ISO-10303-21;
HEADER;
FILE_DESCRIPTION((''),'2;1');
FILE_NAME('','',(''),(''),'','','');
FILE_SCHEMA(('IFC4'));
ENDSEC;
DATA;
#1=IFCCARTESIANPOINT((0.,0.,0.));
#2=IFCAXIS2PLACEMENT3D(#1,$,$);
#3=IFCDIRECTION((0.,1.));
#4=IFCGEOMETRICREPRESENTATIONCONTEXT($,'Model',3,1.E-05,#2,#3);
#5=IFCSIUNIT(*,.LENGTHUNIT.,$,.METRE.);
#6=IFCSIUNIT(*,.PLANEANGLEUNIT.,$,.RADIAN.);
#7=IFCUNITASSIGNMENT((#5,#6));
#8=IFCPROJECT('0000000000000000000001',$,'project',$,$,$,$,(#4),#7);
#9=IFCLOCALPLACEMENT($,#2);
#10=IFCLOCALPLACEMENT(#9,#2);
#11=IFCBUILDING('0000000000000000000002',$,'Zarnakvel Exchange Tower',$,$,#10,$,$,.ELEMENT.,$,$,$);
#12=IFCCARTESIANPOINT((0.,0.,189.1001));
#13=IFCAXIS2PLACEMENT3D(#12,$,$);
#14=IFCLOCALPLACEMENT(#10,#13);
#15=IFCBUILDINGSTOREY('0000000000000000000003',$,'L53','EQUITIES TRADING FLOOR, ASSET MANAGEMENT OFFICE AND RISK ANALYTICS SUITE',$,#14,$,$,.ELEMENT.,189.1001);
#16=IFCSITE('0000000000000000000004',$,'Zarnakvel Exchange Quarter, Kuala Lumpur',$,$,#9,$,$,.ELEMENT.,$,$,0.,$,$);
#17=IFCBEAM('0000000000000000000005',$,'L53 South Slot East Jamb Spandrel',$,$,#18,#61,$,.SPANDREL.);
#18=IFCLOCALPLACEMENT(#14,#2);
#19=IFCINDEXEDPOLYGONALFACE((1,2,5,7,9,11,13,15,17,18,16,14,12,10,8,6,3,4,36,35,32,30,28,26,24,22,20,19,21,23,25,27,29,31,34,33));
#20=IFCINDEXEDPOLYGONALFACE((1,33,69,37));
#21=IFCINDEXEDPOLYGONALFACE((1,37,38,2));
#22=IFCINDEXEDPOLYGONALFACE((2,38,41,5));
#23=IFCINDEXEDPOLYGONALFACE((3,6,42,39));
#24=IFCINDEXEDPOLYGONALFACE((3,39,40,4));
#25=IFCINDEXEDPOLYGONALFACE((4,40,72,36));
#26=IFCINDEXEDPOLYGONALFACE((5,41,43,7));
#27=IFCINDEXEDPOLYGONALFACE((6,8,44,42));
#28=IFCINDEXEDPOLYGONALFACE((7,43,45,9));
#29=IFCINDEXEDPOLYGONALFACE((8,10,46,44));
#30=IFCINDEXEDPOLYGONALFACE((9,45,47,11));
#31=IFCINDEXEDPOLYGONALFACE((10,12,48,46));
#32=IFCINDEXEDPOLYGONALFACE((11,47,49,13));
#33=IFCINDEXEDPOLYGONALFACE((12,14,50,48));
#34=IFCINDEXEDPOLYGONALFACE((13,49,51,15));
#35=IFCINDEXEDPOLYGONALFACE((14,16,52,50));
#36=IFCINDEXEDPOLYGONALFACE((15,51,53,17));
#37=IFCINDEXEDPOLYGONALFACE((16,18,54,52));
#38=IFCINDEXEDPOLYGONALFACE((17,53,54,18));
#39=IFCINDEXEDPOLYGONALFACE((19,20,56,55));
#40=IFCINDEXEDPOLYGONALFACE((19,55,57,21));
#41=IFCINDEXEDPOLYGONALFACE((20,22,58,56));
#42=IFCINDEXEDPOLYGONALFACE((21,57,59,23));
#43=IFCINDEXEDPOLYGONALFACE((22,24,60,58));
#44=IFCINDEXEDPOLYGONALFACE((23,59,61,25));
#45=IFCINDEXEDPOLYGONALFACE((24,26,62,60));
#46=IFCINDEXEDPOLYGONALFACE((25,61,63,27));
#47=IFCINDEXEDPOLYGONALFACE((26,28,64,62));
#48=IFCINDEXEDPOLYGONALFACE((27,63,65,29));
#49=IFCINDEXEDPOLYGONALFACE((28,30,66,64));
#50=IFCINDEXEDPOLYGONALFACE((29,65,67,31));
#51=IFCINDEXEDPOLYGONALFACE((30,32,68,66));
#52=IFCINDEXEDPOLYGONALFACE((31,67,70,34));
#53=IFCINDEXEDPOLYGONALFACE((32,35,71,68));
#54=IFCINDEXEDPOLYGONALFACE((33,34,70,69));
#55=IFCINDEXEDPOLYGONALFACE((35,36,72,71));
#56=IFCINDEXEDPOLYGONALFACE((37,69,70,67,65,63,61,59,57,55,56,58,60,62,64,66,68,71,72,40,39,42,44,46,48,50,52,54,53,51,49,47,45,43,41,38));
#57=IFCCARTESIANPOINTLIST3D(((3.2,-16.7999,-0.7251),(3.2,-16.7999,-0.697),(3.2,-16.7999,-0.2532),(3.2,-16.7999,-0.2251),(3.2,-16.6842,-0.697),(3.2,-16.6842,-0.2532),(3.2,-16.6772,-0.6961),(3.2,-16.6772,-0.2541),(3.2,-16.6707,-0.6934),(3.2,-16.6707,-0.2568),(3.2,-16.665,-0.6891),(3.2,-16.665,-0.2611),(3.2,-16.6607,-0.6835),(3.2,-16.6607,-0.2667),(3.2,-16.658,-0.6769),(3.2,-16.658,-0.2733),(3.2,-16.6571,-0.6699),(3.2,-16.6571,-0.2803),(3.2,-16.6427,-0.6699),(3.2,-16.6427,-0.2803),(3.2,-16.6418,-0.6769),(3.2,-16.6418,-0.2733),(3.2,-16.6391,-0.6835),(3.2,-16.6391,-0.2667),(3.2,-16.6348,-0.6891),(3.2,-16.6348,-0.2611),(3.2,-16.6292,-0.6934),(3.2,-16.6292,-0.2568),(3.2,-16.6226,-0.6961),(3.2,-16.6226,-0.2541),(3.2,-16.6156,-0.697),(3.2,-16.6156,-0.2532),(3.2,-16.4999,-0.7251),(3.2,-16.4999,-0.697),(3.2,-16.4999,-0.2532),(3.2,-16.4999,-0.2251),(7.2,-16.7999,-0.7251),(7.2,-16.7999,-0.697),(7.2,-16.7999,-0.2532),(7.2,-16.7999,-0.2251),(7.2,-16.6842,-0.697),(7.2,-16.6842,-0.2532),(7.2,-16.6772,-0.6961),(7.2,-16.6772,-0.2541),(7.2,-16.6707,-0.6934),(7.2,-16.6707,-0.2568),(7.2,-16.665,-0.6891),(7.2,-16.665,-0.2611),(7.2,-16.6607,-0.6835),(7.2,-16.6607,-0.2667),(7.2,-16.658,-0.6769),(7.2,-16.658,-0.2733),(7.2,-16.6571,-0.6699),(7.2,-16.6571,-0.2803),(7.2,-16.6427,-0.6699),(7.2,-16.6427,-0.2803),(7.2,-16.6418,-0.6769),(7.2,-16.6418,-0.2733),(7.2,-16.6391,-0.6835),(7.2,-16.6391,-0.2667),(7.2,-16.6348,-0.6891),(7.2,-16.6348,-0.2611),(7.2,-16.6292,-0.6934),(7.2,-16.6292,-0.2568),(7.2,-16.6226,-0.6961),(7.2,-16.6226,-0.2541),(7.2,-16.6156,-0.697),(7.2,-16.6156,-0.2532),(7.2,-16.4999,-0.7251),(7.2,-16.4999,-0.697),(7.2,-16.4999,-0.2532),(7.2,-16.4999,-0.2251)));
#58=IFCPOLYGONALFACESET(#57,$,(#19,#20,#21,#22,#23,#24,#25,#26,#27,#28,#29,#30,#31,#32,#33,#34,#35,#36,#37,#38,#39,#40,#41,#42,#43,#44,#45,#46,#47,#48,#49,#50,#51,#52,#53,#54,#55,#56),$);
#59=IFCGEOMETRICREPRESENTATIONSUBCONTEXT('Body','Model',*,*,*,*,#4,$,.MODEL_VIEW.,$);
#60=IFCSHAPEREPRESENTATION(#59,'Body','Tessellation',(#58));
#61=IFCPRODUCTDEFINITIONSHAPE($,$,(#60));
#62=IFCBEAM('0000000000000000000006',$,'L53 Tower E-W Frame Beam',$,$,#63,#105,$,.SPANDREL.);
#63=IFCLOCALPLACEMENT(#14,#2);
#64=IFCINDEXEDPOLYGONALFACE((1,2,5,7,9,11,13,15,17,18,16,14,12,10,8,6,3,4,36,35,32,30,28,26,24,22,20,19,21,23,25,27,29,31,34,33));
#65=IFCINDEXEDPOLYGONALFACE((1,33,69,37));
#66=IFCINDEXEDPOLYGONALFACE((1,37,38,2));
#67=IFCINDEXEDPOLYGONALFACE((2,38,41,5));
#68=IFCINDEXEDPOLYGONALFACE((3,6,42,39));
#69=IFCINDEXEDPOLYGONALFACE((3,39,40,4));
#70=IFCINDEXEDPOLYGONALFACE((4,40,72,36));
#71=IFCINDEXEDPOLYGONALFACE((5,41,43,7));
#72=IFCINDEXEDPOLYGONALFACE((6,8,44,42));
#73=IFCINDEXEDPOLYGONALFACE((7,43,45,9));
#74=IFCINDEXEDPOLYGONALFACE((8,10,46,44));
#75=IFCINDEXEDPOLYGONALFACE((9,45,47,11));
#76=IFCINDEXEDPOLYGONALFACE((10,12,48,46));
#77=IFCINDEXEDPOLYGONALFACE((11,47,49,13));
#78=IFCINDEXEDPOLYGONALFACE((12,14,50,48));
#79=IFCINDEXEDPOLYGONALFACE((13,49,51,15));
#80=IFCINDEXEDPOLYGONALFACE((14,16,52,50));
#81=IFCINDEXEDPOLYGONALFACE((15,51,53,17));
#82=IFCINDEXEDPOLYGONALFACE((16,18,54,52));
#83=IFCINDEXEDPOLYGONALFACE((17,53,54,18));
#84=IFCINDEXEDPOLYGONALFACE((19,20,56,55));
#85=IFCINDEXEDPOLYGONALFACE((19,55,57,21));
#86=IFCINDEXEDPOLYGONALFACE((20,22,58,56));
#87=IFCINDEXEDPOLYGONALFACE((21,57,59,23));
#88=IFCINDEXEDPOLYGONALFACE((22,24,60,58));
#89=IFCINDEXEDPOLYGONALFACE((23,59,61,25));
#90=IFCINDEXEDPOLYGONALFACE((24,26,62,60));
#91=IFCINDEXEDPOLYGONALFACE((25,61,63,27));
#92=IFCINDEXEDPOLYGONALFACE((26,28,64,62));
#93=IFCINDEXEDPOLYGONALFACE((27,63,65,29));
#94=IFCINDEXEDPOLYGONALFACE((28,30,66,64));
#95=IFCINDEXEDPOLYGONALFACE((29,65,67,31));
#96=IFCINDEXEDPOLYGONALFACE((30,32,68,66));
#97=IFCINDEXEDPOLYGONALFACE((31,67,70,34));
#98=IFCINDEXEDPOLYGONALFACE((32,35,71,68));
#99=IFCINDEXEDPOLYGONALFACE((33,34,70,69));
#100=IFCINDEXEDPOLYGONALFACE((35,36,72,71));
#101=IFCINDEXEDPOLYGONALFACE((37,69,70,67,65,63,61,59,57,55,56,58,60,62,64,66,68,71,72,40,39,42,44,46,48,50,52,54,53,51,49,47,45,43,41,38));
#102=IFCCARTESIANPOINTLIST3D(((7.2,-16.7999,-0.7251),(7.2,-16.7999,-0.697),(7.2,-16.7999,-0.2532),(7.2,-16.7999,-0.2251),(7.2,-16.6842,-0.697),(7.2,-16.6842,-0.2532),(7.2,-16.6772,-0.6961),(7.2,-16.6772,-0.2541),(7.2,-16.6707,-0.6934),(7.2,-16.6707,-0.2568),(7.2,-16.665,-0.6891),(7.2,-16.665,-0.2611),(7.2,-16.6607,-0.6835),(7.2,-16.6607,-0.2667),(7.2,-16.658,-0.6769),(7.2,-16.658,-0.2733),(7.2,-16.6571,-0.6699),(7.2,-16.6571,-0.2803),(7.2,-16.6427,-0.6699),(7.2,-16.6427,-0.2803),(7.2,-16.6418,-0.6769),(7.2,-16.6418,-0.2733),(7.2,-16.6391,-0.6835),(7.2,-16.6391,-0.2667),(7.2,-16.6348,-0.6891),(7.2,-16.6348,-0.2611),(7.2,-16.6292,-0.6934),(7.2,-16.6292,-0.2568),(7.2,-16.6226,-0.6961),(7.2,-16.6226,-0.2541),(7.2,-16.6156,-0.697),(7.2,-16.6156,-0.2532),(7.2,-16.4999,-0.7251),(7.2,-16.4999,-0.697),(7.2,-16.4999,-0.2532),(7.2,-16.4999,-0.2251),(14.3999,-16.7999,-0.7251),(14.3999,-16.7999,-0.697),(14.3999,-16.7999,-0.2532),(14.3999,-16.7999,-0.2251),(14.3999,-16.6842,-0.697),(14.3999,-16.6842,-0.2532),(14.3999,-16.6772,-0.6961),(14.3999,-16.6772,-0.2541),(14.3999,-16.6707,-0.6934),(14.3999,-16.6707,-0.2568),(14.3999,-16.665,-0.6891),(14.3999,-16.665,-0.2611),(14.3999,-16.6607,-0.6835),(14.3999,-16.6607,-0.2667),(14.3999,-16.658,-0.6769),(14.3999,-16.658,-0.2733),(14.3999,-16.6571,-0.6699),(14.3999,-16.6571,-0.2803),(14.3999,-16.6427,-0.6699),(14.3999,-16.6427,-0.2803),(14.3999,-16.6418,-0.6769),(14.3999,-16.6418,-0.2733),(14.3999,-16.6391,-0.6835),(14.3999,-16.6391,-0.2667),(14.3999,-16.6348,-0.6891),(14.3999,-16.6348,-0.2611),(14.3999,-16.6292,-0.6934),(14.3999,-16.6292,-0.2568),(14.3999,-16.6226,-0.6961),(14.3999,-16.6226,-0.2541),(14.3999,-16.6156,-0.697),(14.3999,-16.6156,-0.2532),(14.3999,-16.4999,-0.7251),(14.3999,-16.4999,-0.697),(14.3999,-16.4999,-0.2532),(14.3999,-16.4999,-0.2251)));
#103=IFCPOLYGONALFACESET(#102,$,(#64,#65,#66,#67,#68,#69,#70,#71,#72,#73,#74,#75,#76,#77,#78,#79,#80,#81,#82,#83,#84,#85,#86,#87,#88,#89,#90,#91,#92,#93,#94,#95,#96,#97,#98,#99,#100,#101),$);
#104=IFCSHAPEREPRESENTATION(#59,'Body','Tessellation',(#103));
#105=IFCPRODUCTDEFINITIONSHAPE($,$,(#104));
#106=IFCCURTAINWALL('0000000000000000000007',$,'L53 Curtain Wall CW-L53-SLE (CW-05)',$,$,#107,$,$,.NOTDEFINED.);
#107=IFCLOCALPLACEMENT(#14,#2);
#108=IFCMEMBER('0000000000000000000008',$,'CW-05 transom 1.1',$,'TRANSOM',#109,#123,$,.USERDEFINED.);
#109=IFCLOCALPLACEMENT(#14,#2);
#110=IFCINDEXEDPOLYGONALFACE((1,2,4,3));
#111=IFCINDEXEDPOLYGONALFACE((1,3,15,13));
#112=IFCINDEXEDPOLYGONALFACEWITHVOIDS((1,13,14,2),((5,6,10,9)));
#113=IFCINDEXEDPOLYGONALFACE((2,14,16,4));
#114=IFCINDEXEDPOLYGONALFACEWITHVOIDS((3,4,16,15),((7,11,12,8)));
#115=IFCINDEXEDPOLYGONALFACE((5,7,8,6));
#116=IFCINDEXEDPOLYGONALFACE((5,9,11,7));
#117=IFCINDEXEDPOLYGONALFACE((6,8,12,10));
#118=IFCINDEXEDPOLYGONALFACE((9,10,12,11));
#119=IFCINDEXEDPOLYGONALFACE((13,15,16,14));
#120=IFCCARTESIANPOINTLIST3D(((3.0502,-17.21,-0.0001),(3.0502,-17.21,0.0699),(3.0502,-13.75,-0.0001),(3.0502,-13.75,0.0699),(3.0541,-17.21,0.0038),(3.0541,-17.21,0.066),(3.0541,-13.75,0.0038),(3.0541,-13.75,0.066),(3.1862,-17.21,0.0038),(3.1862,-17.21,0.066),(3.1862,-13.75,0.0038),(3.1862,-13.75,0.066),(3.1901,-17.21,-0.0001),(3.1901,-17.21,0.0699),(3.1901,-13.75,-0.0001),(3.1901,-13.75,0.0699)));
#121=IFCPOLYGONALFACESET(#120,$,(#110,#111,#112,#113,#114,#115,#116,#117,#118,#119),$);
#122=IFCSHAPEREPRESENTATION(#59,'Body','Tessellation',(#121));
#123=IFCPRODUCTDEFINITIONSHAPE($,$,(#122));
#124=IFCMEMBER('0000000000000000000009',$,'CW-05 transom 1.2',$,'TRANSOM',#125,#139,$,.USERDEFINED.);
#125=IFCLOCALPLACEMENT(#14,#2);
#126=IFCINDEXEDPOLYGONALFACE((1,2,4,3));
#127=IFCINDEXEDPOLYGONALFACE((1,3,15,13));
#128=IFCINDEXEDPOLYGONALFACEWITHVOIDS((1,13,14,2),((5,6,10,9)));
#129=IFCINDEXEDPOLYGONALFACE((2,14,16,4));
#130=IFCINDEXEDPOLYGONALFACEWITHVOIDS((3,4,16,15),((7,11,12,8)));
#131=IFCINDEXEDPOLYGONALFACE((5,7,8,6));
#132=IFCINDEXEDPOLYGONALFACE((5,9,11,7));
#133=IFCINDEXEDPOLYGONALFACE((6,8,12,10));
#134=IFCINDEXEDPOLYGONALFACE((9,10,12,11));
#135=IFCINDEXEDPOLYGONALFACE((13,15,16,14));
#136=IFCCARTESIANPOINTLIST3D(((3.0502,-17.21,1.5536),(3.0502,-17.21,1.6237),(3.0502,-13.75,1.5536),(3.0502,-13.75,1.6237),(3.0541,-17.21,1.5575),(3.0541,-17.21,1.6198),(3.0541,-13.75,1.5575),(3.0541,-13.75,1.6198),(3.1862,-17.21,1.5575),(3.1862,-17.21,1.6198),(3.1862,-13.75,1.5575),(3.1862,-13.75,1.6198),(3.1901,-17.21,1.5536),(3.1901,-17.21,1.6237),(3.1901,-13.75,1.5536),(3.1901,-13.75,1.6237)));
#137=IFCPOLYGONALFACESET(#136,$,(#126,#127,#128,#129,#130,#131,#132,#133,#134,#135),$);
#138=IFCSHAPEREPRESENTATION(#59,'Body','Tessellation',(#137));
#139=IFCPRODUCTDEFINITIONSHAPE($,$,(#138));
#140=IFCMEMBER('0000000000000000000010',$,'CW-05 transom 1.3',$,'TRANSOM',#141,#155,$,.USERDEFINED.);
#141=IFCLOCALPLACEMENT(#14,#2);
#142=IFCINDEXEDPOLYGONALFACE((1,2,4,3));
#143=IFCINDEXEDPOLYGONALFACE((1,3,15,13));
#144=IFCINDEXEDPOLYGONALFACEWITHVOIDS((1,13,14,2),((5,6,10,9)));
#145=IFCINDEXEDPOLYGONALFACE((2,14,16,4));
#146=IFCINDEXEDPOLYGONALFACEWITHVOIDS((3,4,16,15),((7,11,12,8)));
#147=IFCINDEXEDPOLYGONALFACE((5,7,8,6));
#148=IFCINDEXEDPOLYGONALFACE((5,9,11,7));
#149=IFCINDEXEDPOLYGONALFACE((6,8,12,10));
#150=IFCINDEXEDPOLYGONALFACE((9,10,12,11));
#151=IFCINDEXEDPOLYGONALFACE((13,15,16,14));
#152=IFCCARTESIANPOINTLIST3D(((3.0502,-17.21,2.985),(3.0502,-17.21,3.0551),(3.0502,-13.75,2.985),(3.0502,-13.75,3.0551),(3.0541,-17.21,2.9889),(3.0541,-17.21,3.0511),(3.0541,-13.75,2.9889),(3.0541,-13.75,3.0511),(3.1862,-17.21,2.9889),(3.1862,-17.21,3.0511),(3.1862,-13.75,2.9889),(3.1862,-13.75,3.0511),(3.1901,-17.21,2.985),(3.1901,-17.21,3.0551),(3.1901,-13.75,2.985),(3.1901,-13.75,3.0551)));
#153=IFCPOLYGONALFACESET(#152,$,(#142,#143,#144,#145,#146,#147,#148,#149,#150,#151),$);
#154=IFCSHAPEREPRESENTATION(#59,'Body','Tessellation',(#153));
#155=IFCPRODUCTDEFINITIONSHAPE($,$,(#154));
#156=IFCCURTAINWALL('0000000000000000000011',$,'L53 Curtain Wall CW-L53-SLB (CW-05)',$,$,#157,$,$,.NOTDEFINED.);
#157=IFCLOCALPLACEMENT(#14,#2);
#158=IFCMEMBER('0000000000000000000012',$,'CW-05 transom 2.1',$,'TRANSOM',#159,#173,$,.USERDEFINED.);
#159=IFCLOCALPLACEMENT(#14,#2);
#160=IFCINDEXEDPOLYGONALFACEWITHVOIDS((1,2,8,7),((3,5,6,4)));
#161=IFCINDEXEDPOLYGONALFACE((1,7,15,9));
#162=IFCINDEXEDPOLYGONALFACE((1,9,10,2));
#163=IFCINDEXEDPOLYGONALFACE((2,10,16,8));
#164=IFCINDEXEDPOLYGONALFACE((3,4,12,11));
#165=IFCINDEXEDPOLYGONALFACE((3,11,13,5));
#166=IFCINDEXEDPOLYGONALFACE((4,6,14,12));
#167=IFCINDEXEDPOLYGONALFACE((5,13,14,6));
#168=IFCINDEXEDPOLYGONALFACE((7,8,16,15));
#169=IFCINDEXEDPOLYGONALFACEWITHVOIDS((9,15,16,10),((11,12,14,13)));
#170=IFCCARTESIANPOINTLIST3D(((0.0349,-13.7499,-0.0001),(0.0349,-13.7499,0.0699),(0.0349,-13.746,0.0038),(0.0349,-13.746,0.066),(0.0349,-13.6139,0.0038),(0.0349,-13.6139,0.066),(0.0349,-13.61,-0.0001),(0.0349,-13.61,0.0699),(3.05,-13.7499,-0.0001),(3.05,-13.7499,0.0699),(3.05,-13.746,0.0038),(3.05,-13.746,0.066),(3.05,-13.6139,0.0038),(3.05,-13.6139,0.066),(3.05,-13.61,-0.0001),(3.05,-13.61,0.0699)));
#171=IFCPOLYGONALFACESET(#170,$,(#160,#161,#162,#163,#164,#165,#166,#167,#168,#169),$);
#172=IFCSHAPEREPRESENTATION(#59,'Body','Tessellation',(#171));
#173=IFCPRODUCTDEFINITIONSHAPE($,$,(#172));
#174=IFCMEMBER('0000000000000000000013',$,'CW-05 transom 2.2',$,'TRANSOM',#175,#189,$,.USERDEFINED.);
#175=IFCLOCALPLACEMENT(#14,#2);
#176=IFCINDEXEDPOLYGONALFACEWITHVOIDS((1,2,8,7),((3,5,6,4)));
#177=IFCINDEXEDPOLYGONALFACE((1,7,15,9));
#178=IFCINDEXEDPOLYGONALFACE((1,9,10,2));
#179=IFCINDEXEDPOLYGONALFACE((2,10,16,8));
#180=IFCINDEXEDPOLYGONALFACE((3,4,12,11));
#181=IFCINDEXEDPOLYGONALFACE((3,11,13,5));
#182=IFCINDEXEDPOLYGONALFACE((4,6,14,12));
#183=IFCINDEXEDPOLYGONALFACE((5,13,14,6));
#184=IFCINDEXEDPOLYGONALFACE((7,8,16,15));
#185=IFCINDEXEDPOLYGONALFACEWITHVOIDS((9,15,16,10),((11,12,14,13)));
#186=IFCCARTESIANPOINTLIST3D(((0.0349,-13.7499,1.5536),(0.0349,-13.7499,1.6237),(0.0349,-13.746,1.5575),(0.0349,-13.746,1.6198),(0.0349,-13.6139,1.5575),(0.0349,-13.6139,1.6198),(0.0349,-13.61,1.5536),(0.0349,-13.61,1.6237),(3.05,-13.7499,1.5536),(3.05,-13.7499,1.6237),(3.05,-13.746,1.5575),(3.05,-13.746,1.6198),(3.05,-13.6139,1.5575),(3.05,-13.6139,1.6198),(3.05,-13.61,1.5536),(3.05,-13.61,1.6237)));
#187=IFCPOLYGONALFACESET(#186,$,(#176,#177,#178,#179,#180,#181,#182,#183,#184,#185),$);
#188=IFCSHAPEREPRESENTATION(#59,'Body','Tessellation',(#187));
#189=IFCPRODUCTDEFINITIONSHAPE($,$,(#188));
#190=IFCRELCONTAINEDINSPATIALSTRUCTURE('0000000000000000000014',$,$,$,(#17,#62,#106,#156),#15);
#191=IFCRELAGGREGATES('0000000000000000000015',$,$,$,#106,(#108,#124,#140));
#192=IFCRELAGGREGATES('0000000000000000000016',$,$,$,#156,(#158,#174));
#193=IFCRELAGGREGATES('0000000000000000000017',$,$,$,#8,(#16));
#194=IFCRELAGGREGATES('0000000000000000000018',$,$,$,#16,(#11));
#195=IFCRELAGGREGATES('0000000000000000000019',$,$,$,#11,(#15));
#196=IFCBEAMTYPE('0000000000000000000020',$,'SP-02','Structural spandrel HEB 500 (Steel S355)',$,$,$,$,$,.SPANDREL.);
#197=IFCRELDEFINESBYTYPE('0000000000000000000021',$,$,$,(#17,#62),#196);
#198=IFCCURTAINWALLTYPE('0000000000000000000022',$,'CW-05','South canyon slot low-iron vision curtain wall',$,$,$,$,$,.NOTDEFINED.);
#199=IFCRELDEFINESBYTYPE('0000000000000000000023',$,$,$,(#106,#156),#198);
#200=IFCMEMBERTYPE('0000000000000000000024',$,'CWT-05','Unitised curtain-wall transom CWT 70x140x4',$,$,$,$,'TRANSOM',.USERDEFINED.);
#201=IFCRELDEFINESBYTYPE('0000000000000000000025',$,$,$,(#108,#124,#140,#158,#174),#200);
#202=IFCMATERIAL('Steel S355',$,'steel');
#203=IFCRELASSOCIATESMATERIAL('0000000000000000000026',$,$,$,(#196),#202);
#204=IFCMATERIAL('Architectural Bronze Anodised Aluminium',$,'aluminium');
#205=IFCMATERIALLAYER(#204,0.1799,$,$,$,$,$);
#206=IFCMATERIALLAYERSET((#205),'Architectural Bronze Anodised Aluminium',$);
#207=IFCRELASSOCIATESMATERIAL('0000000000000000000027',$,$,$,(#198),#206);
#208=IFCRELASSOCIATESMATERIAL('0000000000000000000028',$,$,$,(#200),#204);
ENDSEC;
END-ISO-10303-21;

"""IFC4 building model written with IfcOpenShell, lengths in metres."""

from ifc_helpers import new_model, si_unit, direction, frame, origin, origin_2d, place, context, subcontext, project, spatial, hollow_rectangle, i_section, extrude, source, transform, mapped, material, layer, layer_set, material_profile, profile_set, type_object, element, aggregate, save


model = new_model("IFC4")

# Units and contexts
model_context = context("Model", 3, precision=1e-05, world=origin(), true_north=direction((0.0, 1.0)))
body_context = subcontext(model_context, "Body", "Model", "MODEL_VIEW")
ifc_project = project(units=[si_unit("LENGTHUNIT", "METRE"), si_unit("PLANEANGLEUNIT", "RADIAN")], contexts=[model_context])

# Site, building, storey
site_placement = place(None, origin())
site = spatial("IfcSite", under=ifc_project, at=site_placement, Name="Zarnakvel Exchange Quarter, Kuala Lumpur", CompositionType="ELEMENT", RefElevation=0.0)
building_placement = place(site_placement, origin())
building = spatial("IfcBuilding", under=site, at=building_placement, Name="Zarnakvel Exchange Tower", CompositionType="ELEMENT")
storey_placement = place(building_placement, frame((0.0, 0.0, 189.1001)))
storey = spatial("IfcBuildingStorey", under=building, at=storey_placement, Name="L53", Description="EQUITIES TRADING FLOOR, ASSET MANAGEMENT OFFICE AND RISK ANALYTICS SUITE", CompositionType="ELEMENT", Elevation=189.1001)

# Beams
ifc_material_1 = material(Name="Steel S355", Category="steel")
ifc_material_profile_1 = material_profile(ifc_material_1, i_section(OverallWidth=0.3, OverallDepth=0.5, WebThickness=0.0144, FlangeThickness=0.0281, FilletRadius=0.0271, at=origin_2d()))
ifc_profile_set_1 = profile_set([ifc_material_profile_1], Name="Steel S355")
beam_type_1 = type_object("IfcBeamType", Name="SP-02", Description="Structural spandrel HEB 500 (Steel S355)", PredefinedType="SPANDREL", material=ifc_profile_set_1)
beam_1_placement = place(storey_placement, frame((3.2, -16.6499, -0.4751), z_axis=(1.0, 0.0, 0.0), x_axis=(0.0, 1.0, 0.0)))
element("IfcBeam", 1, at=beam_1_placement, inside=storey, type_object=beam_type_1, Name="L53 South Slot East Jamb Spandrel", PredefinedType="SPANDREL", context=body_context, shape_type="SweptSolid", body=[
    extrude(i_section(OverallWidth=0.3, OverallDepth=0.5, WebThickness=0.0144, FlangeThickness=0.0281, FilletRadius=0.0271, at=origin_2d()), origin(), (0.0, 0.0, 1.0), 4.0),
])
beam_2_placement = place(storey_placement, frame((7.2, -16.6499, -0.4751), z_axis=(1.0, 0.0, 0.0), x_axis=(0.0, 1.0, 0.0)))
element("IfcBeam", 2, at=beam_2_placement, inside=storey, type_object=beam_type_1, Name="L53 Tower E-W Frame Beam", PredefinedType="SPANDREL", context=body_context, shape_type="SweptSolid", body=[
    extrude(i_section(OverallWidth=0.3, OverallDepth=0.5, WebThickness=0.0144, FlangeThickness=0.0281, FilletRadius=0.0271, at=origin_2d()), origin(), (0.0, 0.0, 1.0), 7.2),
])

# Curtain walls, members
ifc_material_2 = material(Name="Architectural Bronze Anodised Aluminium", Category="aluminium")
ifc_layer_1 = layer(ifc_material_2, 0.1799)
ifc_layer_set_1 = layer_set([ifc_layer_1], Name="Architectural Bronze Anodised Aluminium")
curtain_wall_type = type_object("IfcCurtainWallType", Name="CW-05", Description="South canyon slot low-iron vision curtain wall", PredefinedType="NOTDEFINED", material=ifc_layer_set_1)
curtain_wall_1_placement = place(storey_placement, origin())
curtain_wall_1 = element("IfcCurtainWall", 3, at=curtain_wall_1_placement, inside=storey, type_object=curtain_wall_type, Name="L53 Curtain Wall CW-L53-SLE (CW-05)", PredefinedType="NOTDEFINED")
ifc_material_profile_2 = material_profile(ifc_material_2, hollow_rectangle(XDim=0.1399, YDim=0.0701, WallThickness=0.0039, at=origin_2d()))
ifc_profile_set_2 = profile_set([ifc_material_profile_2], Name="Architectural Bronze Anodised Aluminium")
member_type_1 = type_object("IfcMemberType", Name="CWT-05", Description="Unitised curtain-wall transom CWT 70x140x4", ElementType="TRANSOM", PredefinedType="USERDEFINED", material=ifc_profile_set_2)
shared_shape_1 = source(origin(), body_context, "Body", "SweptSolid", [
    extrude(hollow_rectangle(XDim=0.1399, YDim=0.0701, WallThickness=0.0039, at=origin_2d()), origin(), (0.0, 0.0, 1.0), 3.46),
])
member_1_placement = place(storey_placement, frame((3.1201, -13.75, 0.0349), z_axis=(0.0, -1.0, 0.0), x_axis=(1.0, 0.0, 0.0)))
member_1 = element("IfcMember", 4, at=member_1_placement, type_object=member_type_1, Name="CW-05 transom 1.1", ObjectType="TRANSOM", PredefinedType="USERDEFINED", context=body_context, shape_type="MappedRepresentation", body=[
    mapped(shared_shape_1, transform((0.0, 0.0, 0.0), x_axis=(1.0, 0.0, 0.0), y_axis=(0.0, 1.0, 0.0), z_axis=(0.0, 0.0, 1.0), scale=1.0)),
])
member_2_placement = place(storey_placement, frame((3.1201, -13.75, 1.5886), z_axis=(0.0, -1.0, 0.0), x_axis=(1.0, 0.0, 0.0)))
member_2 = element("IfcMember", 5, at=member_2_placement, type_object=member_type_1, Name="CW-05 transom 1.2", ObjectType="TRANSOM", PredefinedType="USERDEFINED", context=body_context, shape_type="MappedRepresentation", body=[
    mapped(shared_shape_1, transform((0.0, 0.0, 0.0), x_axis=(1.0, 0.0, 0.0), y_axis=(0.0, 1.0, 0.0), z_axis=(0.0, 0.0, 1.0), scale=1.0)),
])
member_3_placement = place(storey_placement, frame((3.1201, -13.75, 3.02), z_axis=(0.0, -1.0, 0.0), x_axis=(1.0, 0.0, 0.0)))
member_3 = element("IfcMember", 6, at=member_3_placement, type_object=member_type_1, Name="CW-05 transom 1.3", ObjectType="TRANSOM", PredefinedType="USERDEFINED", context=body_context, shape_type="MappedRepresentation", body=[
    mapped(shared_shape_1, transform((0.0, 0.0, 0.0), x_axis=(1.0, 0.0, 0.0), y_axis=(0.0, 1.0, 0.0), z_axis=(0.0, 0.0, 1.0), scale=1.0)),
])
curtain_wall_2_placement = place(storey_placement, origin())
curtain_wall_2 = element("IfcCurtainWall", 7, at=curtain_wall_2_placement, inside=storey, type_object=curtain_wall_type, Name="L53 Curtain Wall CW-L53-SLB (CW-05)", PredefinedType="NOTDEFINED")
shared_shape_2 = source(origin(), body_context, "Body", "SweptSolid", [
    extrude(hollow_rectangle(XDim=0.1399, YDim=0.0701, WallThickness=0.0039, at=origin_2d()), origin(), (0.0, 0.0, 1.0), 3.0151),
])
member_4_placement = place(storey_placement, frame((0.0349, -13.6799, 0.0349), z_axis=(1.0, 0.0, 0.0), x_axis=(0.0, 1.0, 0.0)))
member_4 = element("IfcMember", 8, at=member_4_placement, type_object=member_type_1, Name="CW-05 transom 2.1", ObjectType="TRANSOM", PredefinedType="USERDEFINED", context=body_context, shape_type="MappedRepresentation", body=[
    mapped(shared_shape_2, transform((0.0, 0.0, 0.0), x_axis=(1.0, 0.0, 0.0), y_axis=(0.0, 1.0, 0.0), z_axis=(0.0, 0.0, 1.0), scale=1.0)),
])
member_5_placement = place(storey_placement, frame((0.0349, -13.6799, 1.5886), z_axis=(1.0, 0.0, 0.0), x_axis=(0.0, 1.0, 0.0)))
member_5 = element("IfcMember", 9, at=member_5_placement, type_object=member_type_1, Name="CW-05 transom 2.2", ObjectType="TRANSOM", PredefinedType="USERDEFINED", context=body_context, shape_type="MappedRepresentation", body=[
    mapped(shared_shape_2, transform((0.0, 0.0, 0.0), x_axis=(1.0, 0.0, 0.0), y_axis=(0.0, 1.0, 0.0), z_axis=(0.0, 0.0, 1.0), scale=1.0)),
])

aggregate(curtain_wall_1, [member_1, member_2, member_3])
aggregate(curtain_wall_2, [member_4, member_5])

save(model, "model.ifc")
